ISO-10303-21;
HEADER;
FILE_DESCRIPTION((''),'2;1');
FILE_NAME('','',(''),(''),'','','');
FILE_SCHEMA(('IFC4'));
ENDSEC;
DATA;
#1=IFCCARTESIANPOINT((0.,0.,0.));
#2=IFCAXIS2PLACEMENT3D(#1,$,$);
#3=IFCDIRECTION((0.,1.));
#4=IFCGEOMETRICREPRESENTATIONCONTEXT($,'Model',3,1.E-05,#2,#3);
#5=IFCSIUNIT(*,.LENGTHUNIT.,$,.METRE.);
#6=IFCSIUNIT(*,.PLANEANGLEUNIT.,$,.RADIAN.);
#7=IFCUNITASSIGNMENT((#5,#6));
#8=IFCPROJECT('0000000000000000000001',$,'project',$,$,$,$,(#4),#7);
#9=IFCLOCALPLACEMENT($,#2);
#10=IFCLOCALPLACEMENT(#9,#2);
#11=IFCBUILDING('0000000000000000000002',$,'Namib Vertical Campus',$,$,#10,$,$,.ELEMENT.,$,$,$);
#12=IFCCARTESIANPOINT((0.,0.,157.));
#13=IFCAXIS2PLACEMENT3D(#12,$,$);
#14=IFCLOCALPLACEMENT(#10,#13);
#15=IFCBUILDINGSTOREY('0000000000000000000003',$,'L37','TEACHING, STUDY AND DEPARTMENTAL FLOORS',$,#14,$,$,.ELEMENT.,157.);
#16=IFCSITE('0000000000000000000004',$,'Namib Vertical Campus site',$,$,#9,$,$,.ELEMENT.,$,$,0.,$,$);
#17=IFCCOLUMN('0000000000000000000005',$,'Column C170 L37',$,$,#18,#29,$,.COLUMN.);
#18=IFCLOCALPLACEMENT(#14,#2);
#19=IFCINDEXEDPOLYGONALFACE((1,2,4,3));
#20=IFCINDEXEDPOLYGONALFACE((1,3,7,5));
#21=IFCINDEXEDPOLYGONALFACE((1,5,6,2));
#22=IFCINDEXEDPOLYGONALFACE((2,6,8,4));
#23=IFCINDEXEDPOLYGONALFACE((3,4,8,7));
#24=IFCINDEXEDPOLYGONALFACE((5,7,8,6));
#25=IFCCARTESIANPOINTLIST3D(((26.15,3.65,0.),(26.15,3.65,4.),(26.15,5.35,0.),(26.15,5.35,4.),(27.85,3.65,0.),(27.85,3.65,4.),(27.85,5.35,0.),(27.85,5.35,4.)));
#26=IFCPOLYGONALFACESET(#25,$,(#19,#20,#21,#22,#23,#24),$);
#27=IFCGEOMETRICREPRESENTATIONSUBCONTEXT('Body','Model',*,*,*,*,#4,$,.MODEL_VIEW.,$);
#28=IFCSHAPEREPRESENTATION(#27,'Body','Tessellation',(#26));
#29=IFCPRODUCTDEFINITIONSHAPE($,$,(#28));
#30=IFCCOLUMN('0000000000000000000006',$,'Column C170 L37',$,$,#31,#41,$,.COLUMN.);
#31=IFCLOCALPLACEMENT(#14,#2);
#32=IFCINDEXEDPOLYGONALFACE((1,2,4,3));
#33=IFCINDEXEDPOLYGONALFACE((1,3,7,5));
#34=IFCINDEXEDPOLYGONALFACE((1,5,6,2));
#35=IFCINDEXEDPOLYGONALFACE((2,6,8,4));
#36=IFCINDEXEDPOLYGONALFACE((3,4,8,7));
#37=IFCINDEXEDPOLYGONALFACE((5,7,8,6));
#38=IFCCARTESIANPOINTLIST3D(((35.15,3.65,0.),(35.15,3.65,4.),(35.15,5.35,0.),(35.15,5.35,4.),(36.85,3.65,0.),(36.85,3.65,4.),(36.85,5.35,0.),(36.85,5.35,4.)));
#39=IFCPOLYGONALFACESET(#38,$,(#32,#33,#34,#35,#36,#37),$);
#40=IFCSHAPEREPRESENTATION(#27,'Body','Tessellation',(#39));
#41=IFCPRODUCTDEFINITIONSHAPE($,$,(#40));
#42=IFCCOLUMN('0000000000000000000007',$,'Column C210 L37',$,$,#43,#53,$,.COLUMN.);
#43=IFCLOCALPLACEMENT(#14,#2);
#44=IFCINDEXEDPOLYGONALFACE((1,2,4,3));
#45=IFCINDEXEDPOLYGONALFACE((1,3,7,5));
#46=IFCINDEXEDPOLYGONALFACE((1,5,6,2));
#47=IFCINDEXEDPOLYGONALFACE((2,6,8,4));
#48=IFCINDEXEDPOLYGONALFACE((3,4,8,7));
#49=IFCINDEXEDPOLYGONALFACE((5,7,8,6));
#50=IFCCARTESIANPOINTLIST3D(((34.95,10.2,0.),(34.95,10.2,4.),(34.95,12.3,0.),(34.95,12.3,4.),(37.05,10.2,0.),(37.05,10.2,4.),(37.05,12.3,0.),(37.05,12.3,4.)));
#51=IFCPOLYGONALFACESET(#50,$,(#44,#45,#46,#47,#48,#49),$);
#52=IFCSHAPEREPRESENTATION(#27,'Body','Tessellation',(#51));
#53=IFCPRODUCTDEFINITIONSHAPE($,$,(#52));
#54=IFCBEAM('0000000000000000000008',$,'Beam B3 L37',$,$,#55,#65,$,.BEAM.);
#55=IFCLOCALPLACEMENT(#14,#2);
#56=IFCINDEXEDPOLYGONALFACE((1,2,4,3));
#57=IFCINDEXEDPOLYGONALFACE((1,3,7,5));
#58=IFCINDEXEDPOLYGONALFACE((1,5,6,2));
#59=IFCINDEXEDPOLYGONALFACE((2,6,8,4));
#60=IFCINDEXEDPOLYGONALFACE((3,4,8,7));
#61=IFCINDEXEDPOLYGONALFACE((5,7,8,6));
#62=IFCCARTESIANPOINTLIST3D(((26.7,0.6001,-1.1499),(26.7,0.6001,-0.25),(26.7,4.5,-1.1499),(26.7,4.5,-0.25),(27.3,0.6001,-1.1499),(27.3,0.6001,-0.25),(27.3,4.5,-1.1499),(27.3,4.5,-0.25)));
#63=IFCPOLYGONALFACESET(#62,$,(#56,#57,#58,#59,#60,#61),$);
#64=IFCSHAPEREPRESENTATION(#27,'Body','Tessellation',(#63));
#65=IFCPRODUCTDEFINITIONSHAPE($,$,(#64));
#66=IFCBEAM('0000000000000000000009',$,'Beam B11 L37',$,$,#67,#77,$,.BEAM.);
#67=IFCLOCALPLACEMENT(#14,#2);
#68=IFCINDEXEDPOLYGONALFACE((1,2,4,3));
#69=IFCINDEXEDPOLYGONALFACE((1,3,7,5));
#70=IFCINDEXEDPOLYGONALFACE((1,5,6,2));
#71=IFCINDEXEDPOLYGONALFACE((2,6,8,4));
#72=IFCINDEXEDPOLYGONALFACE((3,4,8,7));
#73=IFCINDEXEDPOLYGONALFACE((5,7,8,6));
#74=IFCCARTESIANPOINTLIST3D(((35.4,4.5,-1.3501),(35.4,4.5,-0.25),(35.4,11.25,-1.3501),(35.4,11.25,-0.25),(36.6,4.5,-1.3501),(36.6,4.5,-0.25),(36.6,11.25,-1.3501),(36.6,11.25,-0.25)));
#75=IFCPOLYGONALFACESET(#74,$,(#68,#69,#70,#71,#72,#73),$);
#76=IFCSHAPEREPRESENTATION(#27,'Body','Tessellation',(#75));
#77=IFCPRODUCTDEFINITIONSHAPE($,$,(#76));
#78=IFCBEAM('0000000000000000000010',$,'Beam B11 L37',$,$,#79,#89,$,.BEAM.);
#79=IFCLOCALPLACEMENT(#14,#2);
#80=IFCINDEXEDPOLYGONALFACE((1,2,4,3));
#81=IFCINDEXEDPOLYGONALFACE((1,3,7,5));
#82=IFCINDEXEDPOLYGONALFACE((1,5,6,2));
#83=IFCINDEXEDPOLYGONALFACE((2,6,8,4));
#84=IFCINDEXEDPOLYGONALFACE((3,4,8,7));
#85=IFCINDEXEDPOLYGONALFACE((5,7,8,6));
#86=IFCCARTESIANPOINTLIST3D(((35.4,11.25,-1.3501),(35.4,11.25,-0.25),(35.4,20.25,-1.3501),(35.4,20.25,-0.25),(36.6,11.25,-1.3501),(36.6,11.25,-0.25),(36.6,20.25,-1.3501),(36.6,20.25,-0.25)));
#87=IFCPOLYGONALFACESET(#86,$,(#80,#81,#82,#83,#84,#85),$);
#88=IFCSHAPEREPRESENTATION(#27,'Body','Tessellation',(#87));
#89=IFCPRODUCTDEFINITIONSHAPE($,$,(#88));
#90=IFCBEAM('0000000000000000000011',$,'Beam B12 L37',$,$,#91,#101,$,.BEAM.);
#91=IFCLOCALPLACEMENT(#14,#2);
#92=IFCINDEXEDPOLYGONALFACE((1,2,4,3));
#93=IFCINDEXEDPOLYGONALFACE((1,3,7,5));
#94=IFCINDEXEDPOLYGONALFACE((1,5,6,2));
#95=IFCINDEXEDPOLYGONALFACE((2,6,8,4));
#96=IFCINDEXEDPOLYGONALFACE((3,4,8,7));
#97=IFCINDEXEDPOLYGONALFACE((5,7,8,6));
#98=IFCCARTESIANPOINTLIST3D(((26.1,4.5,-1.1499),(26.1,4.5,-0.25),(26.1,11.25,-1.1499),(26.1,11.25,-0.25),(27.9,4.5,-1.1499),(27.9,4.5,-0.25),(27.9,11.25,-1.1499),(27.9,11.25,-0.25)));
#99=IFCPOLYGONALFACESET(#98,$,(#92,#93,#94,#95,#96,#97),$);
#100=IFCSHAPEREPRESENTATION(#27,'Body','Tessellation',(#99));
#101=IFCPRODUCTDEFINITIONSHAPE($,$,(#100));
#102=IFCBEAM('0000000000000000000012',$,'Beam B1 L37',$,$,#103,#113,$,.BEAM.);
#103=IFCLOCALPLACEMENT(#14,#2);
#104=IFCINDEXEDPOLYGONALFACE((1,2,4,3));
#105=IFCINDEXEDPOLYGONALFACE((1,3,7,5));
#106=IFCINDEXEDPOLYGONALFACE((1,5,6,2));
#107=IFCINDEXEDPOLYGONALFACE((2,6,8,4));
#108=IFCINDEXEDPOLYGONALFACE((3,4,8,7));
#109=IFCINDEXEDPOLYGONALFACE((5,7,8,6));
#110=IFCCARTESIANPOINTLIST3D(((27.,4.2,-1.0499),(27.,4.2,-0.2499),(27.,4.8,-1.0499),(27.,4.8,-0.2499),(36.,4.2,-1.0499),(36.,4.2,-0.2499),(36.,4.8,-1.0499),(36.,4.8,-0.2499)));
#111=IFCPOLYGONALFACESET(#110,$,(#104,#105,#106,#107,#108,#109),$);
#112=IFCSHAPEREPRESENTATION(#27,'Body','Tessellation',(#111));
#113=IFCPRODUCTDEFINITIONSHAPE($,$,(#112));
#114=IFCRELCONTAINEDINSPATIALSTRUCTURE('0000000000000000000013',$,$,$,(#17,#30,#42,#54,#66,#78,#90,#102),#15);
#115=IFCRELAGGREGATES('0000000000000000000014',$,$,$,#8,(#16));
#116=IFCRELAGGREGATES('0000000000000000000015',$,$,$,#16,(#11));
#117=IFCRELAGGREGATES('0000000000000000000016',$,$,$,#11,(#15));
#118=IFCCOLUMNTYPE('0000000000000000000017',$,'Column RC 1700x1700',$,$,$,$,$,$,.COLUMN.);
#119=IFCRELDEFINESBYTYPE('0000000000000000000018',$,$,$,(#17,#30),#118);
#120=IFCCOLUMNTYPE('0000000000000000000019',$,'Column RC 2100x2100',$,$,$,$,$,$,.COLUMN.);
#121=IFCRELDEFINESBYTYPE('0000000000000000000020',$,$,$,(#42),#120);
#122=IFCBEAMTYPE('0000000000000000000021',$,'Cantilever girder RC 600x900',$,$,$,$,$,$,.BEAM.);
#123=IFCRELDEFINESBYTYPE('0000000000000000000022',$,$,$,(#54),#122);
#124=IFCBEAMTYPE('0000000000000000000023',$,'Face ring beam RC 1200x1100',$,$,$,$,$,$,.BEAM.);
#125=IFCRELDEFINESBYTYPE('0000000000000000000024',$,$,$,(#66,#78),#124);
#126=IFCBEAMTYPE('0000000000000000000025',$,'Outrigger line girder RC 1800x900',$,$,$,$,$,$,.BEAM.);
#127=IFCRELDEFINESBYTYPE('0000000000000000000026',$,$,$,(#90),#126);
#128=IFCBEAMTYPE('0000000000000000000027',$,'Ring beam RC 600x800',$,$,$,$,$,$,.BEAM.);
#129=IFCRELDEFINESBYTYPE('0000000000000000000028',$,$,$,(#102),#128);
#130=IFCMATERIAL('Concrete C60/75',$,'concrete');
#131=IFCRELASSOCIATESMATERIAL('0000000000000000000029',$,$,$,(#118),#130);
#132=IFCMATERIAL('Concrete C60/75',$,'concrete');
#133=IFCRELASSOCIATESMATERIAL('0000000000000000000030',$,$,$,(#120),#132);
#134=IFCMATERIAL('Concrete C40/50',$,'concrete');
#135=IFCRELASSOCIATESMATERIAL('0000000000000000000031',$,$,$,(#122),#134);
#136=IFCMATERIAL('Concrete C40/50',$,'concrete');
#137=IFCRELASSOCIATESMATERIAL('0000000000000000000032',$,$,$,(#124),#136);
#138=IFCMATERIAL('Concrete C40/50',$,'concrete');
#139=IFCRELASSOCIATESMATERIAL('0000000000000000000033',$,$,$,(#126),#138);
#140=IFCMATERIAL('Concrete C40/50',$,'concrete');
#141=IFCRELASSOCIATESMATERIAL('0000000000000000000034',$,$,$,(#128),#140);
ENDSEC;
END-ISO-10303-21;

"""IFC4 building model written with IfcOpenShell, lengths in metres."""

from ifc_helpers import new_model, si_unit, direction, frame, origin, origin_2d, place, context, subcontext, project, spatial, rectangle, extrude, material, material_profile, profile_set, type_object, element, save


model = new_model("IFC4")

# Units and contexts
model_context = context("Model", 3, precision=1e-05, world=origin(), true_north=direction((0.0, 1.0)))
body_context = subcontext(model_context, "Body", "Model", "MODEL_VIEW")
ifc_project = project(units=[si_unit("LENGTHUNIT", "METRE"), si_unit("PLANEANGLEUNIT", "RADIAN")], contexts=[model_context])

# Site, building, storey
site_placement = place(None, origin())
site = spatial("IfcSite", under=ifc_project, at=site_placement, Name="Namib Vertical Campus site", CompositionType="ELEMENT", RefElevation=0.0)
building_placement = place(site_placement, origin())
building = spatial("IfcBuilding", under=site, at=building_placement, Name="Namib Vertical Campus", CompositionType="ELEMENT")
storey_placement = place(building_placement, frame((0.0, 0.0, 157.0)))
storey = spatial("IfcBuildingStorey", under=building, at=storey_placement, Name="L37", Description="TEACHING, STUDY AND DEPARTMENTAL FLOORS", CompositionType="ELEMENT", Elevation=157.0)

# Columns
ifc_material_1 = material(Name="Concrete C60/75", Category="concrete")
ifc_material_profile_1 = material_profile(ifc_material_1, rectangle(XDim=1.7, YDim=1.7, at=origin_2d()))
ifc_profile_set_1 = profile_set([ifc_material_profile_1], Name="Concrete C60/75")
column_type_1 = type_object("IfcColumnType", Name="Column RC 1700x1700", PredefinedType="COLUMN", material=ifc_profile_set_1)
for number, where, z_axis, x_axis, name in (
    (1, (27.0, 4.5, 0.0), (0.0, 0.0, 1.0), (1.0, 0.0, 0.0), "Column C170 L37"),
    (2, (36.0, 4.5, 0.0), (0.0, 0.0, 1.0), (1.0, 0.0, 0.0), "Column C170 L37"),
):
    element("IfcColumn", number, at=place(storey_placement, frame(where, z_axis=z_axis, x_axis=x_axis)), inside=storey, type_object=column_type_1, Name=name, PredefinedType="COLUMN", context=body_context, shape_type="SweptSolid", body=[
        extrude(rectangle(XDim=1.7, YDim=1.7, at=origin_2d()), origin(), (0.0, 0.0, 1.0), 4.0),
    ])
ifc_material_2 = material(Name="Concrete C60/75", Category="concrete")
ifc_material_profile_2 = material_profile(ifc_material_2, rectangle(XDim=2.1001, YDim=2.1001, at=origin_2d()))
ifc_profile_set_2 = profile_set([ifc_material_profile_2], Name="Concrete C60/75")
column_type_2 = type_object("IfcColumnType", Name="Column RC 2100x2100", PredefinedType="COLUMN", material=ifc_profile_set_2)
column_placement = place(storey_placement, frame((36.0, 11.25, 0.0), z_axis=(0.0, 0.0, 1.0), x_axis=(1.0, 0.0, 0.0)))
element("IfcColumn", 3, at=column_placement, inside=storey, type_object=column_type_2, Name="Column C210 L37", PredefinedType="COLUMN", context=body_context, shape_type="SweptSolid", body=[
    extrude(rectangle(XDim=2.1001, YDim=2.1001, at=origin_2d()), origin(), (0.0, 0.0, 1.0), 4.0),
])

# Beams
ifc_material_3 = material(Name="Concrete C40/50", Category="concrete")
ifc_material_profile_3 = material_profile(ifc_material_3, rectangle(XDim=0.6001, YDim=0.8999, at=origin_2d()))
ifc_profile_set_3 = profile_set([ifc_material_profile_3], Name="Concrete C40/50")
beam_type_1 = type_object("IfcBeamType", Name="Cantilever girder RC 600x900", PredefinedType="BEAM", material=ifc_profile_set_3)
beam_1_placement = place(storey_placement, frame((27.0, 4.5, -0.7), z_axis=(0.0, -1.0, 0.0), x_axis=(1.0, 0.0, 0.0)))
element("IfcBeam", 4, at=beam_1_placement, inside=storey, type_object=beam_type_1, Name="Beam B3 L37", PredefinedType="BEAM", context=body_context, shape_type="SweptSolid", body=[
    extrude(rectangle(XDim=0.6001, YDim=0.8999, at=origin_2d()), origin(), (0.0, 0.0, 1.0), 3.8999),
])
ifc_material_4 = material(Name="Concrete C40/50", Category="concrete")
ifc_material_profile_4 = material_profile(ifc_material_4, rectangle(XDim=1.2, YDim=1.1001, at=origin_2d()))
ifc_profile_set_4 = profile_set([ifc_material_profile_4], Name="Concrete C40/50")
beam_type_2 = type_object("IfcBeamType", Name="Face ring beam RC 1200x1100", PredefinedType="BEAM", material=ifc_profile_set_4)
beam_2_placement = place(storey_placement, frame((36.0, 4.5, -0.8), z_axis=(0.0, 1.0, 0.0), x_axis=(-1.0, 0.0, 0.0)))
element("IfcBeam", 5, at=beam_2_placement, inside=storey, type_object=beam_type_2, Name="Beam B11 L37", PredefinedType="BEAM", context=body_context, shape_type="SweptSolid", body=[
    extrude(rectangle(XDim=1.2, YDim=1.1001, at=origin_2d()), origin(), (0.0, 0.0, 1.0), 6.75),
])
beam_3_placement = place(storey_placement, frame((36.0, 11.25, -0.8), z_axis=(0.0, 1.0, 0.0), x_axis=(-1.0, 0.0, 0.0)))
element("IfcBeam", 6, at=beam_3_placement, inside=storey, type_object=beam_type_2, Name="Beam B11 L37", PredefinedType="BEAM", context=body_context, shape_type="SweptSolid", body=[
    extrude(rectangle(XDim=1.2, YDim=1.1001, at=origin_2d()), origin(), (0.0, 0.0, 1.0), 9.0),
])
ifc_material_5 = material(Name="Concrete C40/50", Category="concrete")
ifc_material_profile_5 = material_profile(ifc_material_5, rectangle(XDim=1.8, YDim=0.8999, at=origin_2d()))
ifc_profile_set_5 = profile_set([ifc_material_profile_5], Name="Concrete C40/50")
beam_type_3 = type_object("IfcBeamType", Name="Outrigger line girder RC 1800x900", PredefinedType="BEAM", material=ifc_profile_set_5)
beam_4_placement = place(storey_placement, frame((27.0, 4.5, -0.7), z_axis=(0.0, 1.0, 0.0), x_axis=(-1.0, 0.0, 0.0)))
element("IfcBeam", 7, at=beam_4_placement, inside=storey, type_object=beam_type_3, Name="Beam B12 L37", PredefinedType="BEAM", context=body_context, shape_type="SweptSolid", body=[
    extrude(rectangle(XDim=1.8, YDim=0.8999, at=origin_2d()), origin(), (0.0, 0.0, 1.0), 6.75),
])
ifc_material_6 = material(Name="Concrete C40/50", Category="concrete")
ifc_material_profile_6 = material_profile(ifc_material_6, rectangle(XDim=0.6001, YDim=0.8, at=origin_2d()))
ifc_profile_set_6 = profile_set([ifc_material_profile_6], Name="Concrete C40/50")
beam_type_4 = type_object("IfcBeamType", Name="Ring beam RC 600x800", PredefinedType="BEAM", material=ifc_profile_set_6)
beam_5_placement = place(storey_placement, frame((27.0, 4.5, -0.6499), z_axis=(1.0, 0.0, 0.0), x_axis=(0.0, 1.0, 0.0)))
element("IfcBeam", 8, at=beam_5_placement, inside=storey, type_object=beam_type_4, Name="Beam B1 L37", PredefinedType="BEAM", context=body_context, shape_type="SweptSolid", body=[
    extrude(rectangle(XDim=0.6001, YDim=0.8, at=origin_2d()), origin(), (0.0, 0.0, 1.0), 9.0),
])

save(model, "model.ifc")
